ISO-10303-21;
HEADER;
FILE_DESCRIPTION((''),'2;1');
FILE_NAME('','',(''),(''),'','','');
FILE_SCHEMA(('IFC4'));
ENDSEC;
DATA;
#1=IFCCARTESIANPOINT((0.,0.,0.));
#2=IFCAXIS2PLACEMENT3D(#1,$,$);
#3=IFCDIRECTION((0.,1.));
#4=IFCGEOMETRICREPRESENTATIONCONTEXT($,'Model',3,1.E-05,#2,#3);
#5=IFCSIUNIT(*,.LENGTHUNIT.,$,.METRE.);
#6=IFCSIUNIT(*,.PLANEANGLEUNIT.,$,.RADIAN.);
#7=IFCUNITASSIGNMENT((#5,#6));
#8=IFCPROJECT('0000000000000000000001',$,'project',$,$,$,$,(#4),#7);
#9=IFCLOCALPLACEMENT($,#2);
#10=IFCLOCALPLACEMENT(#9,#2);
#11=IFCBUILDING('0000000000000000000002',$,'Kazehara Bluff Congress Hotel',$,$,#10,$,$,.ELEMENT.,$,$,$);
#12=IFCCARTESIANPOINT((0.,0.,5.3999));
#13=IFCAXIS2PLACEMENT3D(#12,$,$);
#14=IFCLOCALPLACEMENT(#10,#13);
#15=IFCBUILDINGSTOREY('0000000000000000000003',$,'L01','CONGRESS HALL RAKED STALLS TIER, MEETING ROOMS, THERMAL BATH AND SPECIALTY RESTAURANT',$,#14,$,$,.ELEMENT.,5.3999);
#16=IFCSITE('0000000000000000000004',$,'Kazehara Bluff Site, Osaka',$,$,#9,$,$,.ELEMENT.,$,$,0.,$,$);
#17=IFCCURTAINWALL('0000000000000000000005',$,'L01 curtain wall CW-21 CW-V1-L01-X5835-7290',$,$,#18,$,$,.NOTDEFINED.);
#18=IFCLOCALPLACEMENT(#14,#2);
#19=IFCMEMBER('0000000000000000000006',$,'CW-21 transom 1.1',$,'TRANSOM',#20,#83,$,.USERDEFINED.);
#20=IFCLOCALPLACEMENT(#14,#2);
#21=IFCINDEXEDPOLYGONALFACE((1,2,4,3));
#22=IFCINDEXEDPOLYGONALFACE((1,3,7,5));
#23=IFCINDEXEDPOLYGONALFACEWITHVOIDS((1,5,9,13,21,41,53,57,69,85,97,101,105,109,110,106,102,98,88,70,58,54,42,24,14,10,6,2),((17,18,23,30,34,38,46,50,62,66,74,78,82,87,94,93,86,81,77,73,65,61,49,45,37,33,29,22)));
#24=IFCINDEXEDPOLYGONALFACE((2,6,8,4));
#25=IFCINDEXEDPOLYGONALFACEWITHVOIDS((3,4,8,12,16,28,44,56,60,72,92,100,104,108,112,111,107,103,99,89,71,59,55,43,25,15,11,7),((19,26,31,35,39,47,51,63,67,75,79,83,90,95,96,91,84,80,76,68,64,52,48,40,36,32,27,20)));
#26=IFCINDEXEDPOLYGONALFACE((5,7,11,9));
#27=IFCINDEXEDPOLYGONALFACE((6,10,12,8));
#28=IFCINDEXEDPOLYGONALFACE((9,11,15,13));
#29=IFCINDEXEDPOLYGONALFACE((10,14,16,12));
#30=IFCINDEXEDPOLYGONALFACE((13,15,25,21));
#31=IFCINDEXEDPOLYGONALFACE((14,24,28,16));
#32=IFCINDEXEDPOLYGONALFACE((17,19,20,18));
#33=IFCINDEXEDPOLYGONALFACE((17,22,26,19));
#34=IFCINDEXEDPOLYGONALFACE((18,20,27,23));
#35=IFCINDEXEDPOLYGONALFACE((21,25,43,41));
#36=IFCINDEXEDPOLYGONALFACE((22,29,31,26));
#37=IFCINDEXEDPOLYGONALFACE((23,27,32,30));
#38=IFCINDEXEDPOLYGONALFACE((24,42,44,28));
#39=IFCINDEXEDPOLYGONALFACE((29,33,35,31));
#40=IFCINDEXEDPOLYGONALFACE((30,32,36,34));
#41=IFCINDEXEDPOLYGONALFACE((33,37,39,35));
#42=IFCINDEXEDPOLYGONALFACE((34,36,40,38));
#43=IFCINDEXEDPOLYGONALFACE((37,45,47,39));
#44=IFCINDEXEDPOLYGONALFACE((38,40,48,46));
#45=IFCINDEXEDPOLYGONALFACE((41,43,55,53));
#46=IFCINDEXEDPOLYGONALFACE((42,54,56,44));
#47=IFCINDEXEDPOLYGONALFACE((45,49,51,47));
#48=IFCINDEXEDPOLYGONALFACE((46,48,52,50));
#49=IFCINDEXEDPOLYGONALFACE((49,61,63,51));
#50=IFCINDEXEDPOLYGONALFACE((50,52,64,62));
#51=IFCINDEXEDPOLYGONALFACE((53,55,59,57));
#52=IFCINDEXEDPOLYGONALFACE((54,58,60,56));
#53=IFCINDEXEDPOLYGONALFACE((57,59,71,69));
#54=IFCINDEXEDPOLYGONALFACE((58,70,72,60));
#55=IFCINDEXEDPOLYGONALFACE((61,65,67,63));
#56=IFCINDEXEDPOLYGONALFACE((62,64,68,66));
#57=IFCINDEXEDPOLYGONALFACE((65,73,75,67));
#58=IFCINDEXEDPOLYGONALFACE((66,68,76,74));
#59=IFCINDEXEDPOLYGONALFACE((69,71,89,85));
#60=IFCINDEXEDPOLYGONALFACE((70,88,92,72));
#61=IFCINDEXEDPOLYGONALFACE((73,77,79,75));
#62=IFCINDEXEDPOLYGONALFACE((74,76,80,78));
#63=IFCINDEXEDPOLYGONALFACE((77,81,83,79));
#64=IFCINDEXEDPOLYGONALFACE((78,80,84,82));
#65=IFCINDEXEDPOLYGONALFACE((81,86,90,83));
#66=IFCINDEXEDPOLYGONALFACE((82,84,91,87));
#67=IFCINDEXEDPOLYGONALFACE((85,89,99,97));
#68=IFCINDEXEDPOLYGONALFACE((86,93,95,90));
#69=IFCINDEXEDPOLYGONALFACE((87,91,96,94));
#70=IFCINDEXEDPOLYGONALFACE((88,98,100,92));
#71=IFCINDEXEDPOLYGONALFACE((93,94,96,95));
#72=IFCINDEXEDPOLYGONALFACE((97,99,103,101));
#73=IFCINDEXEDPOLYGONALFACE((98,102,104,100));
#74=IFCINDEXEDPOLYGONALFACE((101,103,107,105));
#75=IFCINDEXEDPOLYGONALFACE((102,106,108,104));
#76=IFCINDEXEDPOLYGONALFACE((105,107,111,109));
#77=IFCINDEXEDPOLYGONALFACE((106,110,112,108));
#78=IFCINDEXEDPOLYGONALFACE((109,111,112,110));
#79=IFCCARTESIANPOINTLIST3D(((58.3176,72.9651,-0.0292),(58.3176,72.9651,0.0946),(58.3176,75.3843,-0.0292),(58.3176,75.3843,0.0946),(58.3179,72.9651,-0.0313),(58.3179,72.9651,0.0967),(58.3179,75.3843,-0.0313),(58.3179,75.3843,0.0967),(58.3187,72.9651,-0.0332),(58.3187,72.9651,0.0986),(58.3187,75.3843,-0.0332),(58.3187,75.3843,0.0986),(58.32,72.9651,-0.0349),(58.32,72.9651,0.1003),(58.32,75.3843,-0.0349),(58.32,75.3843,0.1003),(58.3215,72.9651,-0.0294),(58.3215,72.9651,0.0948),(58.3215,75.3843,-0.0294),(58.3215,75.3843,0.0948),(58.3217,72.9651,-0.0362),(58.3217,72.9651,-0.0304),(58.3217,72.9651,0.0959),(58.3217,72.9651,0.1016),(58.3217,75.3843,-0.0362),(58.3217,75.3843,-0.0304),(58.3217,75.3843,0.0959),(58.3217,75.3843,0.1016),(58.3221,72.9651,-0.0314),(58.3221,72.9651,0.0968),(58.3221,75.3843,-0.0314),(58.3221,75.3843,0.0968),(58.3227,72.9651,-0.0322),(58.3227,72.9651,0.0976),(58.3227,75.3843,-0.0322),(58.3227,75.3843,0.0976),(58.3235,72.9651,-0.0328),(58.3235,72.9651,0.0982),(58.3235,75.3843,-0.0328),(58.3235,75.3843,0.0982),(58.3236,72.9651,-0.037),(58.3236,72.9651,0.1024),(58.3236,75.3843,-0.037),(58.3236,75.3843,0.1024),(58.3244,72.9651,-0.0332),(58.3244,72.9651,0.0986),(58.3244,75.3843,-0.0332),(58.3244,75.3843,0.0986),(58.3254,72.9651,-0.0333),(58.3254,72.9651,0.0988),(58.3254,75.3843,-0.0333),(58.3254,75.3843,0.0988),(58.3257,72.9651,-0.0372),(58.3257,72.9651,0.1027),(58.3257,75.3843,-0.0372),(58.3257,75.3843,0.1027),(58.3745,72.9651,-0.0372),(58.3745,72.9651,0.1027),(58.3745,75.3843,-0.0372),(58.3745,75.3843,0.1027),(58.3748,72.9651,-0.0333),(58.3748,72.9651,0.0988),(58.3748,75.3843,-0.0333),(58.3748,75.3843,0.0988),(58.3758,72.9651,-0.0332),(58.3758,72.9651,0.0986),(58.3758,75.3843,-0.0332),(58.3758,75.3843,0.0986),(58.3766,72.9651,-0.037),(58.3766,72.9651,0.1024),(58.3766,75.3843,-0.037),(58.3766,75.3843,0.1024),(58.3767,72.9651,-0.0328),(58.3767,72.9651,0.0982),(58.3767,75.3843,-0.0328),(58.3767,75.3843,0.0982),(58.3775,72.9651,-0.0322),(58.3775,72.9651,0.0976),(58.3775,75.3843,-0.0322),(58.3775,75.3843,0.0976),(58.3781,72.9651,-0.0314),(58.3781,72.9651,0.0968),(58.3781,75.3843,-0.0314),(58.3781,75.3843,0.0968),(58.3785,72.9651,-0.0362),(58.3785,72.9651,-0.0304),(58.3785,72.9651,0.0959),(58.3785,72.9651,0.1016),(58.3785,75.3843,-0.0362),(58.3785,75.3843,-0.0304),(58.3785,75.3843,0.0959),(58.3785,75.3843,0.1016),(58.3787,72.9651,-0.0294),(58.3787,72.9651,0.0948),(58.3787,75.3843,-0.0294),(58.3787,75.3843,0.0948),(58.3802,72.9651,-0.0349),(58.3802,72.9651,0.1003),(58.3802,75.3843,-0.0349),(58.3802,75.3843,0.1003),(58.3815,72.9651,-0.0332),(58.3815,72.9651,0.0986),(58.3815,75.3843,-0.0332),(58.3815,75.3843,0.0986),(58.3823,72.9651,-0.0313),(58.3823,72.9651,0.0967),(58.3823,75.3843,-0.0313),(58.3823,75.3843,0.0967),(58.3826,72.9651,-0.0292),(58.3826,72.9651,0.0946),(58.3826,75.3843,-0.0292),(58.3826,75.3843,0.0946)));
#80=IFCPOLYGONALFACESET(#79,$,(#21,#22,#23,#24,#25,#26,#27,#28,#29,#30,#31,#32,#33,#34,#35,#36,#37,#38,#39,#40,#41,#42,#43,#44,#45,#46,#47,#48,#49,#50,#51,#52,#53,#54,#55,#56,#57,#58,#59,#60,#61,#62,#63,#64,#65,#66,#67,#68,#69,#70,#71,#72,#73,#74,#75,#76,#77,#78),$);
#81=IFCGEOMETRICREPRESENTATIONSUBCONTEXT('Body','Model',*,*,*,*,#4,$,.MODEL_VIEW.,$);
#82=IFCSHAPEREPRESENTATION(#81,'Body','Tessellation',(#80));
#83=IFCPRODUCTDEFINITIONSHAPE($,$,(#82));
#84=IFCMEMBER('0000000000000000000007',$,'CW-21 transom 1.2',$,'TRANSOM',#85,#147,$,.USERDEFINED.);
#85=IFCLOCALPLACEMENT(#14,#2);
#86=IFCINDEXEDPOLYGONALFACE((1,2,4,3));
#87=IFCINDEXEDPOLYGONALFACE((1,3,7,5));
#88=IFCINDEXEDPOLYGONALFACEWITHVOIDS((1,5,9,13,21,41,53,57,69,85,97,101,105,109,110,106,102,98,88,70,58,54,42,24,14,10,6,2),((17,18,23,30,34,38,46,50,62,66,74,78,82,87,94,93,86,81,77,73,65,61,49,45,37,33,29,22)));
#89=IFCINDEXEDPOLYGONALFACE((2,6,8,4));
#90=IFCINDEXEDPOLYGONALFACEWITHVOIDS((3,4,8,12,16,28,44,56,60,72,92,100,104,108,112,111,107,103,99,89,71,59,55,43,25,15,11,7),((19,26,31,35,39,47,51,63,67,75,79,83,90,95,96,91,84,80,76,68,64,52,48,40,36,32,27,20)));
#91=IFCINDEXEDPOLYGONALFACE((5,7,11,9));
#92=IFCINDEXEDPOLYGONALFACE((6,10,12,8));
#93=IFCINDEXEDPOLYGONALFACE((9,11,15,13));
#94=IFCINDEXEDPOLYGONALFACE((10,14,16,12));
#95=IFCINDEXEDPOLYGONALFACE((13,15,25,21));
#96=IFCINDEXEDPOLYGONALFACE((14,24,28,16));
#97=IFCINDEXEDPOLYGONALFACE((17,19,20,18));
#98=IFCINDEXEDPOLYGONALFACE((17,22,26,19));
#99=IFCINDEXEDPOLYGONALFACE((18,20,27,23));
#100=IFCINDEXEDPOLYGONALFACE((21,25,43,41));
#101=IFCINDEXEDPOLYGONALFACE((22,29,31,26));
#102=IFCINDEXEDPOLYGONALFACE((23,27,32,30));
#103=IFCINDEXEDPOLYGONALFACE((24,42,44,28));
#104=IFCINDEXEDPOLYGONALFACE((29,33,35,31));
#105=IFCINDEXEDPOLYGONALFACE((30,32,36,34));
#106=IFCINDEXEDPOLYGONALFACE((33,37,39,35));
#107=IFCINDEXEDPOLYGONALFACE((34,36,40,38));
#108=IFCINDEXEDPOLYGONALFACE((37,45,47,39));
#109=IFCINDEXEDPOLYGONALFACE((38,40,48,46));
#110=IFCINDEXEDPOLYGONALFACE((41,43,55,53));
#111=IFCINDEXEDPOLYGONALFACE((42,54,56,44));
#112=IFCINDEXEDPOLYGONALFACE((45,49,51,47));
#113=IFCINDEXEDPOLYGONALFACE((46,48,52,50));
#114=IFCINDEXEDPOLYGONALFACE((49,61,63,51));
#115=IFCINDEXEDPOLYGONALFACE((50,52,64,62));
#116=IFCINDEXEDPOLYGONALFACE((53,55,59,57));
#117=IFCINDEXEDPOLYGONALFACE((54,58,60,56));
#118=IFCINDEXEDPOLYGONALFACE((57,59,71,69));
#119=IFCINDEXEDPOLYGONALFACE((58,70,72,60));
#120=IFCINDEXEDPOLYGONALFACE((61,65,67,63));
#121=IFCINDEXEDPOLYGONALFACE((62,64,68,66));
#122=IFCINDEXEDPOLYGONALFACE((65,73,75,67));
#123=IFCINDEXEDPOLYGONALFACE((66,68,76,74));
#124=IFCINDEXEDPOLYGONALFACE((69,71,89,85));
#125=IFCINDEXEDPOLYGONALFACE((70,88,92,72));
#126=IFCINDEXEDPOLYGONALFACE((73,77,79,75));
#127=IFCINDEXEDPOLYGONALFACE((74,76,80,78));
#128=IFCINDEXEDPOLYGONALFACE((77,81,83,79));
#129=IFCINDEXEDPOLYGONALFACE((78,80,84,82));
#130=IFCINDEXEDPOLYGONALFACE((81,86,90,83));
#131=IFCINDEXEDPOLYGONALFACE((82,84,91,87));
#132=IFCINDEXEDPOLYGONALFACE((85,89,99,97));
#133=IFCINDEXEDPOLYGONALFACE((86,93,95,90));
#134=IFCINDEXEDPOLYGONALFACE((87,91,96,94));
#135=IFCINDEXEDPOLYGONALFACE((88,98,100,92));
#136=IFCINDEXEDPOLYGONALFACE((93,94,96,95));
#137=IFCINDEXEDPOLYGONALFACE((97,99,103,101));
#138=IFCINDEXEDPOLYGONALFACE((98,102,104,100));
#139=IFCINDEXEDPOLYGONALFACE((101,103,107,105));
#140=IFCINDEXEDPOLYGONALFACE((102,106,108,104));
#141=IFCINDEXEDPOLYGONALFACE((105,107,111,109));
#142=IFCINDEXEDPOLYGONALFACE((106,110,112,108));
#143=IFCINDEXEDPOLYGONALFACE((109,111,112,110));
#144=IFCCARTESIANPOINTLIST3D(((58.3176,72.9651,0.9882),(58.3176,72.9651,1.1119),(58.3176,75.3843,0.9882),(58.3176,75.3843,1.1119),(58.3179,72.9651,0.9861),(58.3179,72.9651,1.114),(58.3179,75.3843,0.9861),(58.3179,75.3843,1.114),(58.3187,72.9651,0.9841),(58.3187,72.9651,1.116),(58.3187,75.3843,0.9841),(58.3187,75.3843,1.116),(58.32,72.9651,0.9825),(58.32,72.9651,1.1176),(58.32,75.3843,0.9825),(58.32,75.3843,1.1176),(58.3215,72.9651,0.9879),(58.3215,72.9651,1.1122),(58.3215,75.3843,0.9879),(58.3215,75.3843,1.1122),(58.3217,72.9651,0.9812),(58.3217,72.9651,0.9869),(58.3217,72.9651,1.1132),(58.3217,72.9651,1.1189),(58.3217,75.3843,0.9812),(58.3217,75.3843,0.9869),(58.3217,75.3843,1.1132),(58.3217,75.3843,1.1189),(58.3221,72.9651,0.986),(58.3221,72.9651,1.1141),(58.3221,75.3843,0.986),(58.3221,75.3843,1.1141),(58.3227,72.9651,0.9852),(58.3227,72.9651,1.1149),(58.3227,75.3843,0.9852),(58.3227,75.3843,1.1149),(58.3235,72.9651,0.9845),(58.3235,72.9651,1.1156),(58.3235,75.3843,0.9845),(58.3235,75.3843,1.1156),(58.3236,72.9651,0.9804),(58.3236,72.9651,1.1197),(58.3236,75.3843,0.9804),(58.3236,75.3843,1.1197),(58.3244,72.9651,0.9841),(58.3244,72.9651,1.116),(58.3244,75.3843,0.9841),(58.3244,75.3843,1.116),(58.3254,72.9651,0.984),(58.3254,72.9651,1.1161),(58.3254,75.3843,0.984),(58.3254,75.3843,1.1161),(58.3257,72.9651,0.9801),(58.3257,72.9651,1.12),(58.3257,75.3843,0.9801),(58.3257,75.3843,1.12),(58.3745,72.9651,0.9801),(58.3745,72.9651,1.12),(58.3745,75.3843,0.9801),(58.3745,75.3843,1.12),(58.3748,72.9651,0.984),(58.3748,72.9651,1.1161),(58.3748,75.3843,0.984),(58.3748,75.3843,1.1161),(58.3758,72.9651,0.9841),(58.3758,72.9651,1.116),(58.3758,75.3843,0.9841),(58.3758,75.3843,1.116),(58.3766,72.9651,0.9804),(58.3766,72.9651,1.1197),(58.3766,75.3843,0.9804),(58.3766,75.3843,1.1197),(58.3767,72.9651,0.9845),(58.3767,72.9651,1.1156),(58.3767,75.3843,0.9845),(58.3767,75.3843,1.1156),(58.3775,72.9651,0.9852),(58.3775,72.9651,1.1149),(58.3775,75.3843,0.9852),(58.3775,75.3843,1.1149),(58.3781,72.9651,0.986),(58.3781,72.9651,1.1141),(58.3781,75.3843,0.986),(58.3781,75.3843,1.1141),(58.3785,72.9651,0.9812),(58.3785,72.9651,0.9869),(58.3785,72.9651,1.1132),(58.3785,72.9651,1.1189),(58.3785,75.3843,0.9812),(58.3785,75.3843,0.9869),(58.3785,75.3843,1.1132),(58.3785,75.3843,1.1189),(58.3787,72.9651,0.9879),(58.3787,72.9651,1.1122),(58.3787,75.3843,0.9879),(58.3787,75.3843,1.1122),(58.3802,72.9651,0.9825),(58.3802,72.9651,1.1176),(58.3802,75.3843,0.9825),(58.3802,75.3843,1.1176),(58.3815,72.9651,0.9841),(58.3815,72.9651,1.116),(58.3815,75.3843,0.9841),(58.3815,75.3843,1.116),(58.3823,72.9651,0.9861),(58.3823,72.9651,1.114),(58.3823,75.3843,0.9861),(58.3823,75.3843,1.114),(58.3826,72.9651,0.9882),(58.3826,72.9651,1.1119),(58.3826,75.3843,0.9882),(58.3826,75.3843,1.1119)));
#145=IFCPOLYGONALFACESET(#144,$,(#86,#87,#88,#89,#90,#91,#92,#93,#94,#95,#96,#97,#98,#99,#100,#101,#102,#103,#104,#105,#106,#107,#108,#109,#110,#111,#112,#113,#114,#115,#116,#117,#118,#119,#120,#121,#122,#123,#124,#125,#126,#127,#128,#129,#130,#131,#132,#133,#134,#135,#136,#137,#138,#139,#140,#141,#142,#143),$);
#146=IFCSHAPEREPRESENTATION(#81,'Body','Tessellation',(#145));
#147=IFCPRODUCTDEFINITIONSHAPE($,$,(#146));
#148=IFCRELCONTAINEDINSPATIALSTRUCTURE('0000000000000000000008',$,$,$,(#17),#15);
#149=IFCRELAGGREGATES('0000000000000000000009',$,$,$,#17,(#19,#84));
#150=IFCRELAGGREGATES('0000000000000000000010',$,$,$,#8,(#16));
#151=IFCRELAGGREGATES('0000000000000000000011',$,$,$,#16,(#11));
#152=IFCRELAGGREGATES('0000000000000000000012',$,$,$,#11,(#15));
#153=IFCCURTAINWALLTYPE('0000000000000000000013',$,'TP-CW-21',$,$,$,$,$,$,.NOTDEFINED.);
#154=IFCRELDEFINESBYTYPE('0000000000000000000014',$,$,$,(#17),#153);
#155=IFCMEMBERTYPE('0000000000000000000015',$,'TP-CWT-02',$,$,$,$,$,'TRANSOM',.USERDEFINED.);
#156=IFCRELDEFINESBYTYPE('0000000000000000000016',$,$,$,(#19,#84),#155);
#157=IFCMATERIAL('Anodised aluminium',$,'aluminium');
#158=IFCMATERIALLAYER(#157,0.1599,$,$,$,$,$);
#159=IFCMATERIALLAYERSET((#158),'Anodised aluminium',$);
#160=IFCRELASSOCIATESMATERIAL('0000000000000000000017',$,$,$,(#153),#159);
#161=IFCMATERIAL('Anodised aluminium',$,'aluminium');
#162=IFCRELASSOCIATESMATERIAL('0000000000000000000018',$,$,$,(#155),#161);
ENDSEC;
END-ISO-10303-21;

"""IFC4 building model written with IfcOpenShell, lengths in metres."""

from ifc_helpers import new_model, si_unit, direction, frame, origin, origin_2d, place, context, subcontext, project, spatial, hollow_rectangle, extrude, material, layer, layer_set, material_profile, profile_set, type_object, element, aggregate, save


model = new_model("IFC4")

# Units and contexts
model_context = context("Model", 3, precision=1e-05, world=origin(), true_north=direction((0.0, 1.0)))
body_context = subcontext(model_context, "Body", "Model", "MODEL_VIEW")
ifc_project = project(units=[si_unit("LENGTHUNIT", "METRE"), si_unit("PLANEANGLEUNIT", "RADIAN")], contexts=[model_context])

# Site, building, storey
site_placement = place(None, origin())
site = spatial("IfcSite", under=ifc_project, at=site_placement, Name="Kazehara Bluff Site, Osaka", CompositionType="ELEMENT", RefElevation=0.0)
building_placement = place(site_placement, origin())
building = spatial("IfcBuilding", under=site, at=building_placement, Name="Kazehara Bluff Congress Hotel", CompositionType="ELEMENT")
storey_placement = place(building_placement, frame((0.0, 0.0, 5.3999)))
storey = spatial("IfcBuildingStorey", under=building, at=storey_placement, Name="L01", Description="CONGRESS HALL RAKED STALLS TIER, MEETING ROOMS, THERMAL BATH AND SPECIALTY RESTAURANT", CompositionType="ELEMENT", Elevation=5.3999)

# Curtain wall
ifc_material_1 = material(Name="Anodised aluminium", Category="aluminium")
ifc_layer_1 = layer(ifc_material_1, 0.1599)
ifc_layer_set_1 = layer_set([ifc_layer_1], Name="Anodised aluminium")
curtain_wall_type_1 = type_object("IfcCurtainWallType", Name="TP-CW-21", PredefinedType="NOTDEFINED", material=ifc_layer_set_1)
curtain_wall_1_placement = place(storey_placement, origin())
curtain_wall_1 = element("IfcCurtainWall", 1, at=curtain_wall_1_placement, inside=storey, type_object=curtain_wall_type_1, Name="L01 curtain wall CW-21 CW-V1-L01-X5835-7290", PredefinedType="NOTDEFINED")

# Members
ifc_material_2 = material(Name="Anodised aluminium", Category="aluminium")
ifc_material_profile_1 = material_profile(ifc_material_2, hollow_rectangle(XDim=0.0649, YDim=0.1399, WallThickness=0.0039, InnerFilletRadius=0.0039, OuterFilletRadius=0.0081, at=origin_2d()))
ifc_profile_set_1 = profile_set([ifc_material_profile_1], Name="Anodised aluminium")
member_type_1 = type_object("IfcMemberType", Name="TP-CWT-02", ElementType="TRANSOM", PredefinedType="USERDEFINED", material=ifc_profile_set_1)
member_1_placement = place(storey_placement, frame((58.3501, 72.9651, 0.0327), z_axis=(0.0, 1.0, 0.0), x_axis=(-1.0, 0.0, 0.0)))
member_1 = element("IfcMember", 2, at=member_1_placement, type_object=member_type_1, Name="CW-21 transom 1.1", ObjectType="TRANSOM", PredefinedType="USERDEFINED", context=body_context, shape_type="SweptSolid", body=[
    extrude(hollow_rectangle(XDim=0.0649, YDim=0.1399, WallThickness=0.0039, InnerFilletRadius=0.0039, OuterFilletRadius=0.0081, at=origin_2d()), origin(), (0.0, 0.0, 1.0), 2.4192),
])
member_2_placement = place(storey_placement, frame((58.3501, 72.9651, 1.05), z_axis=(0.0, 1.0, 0.0), x_axis=(-1.0, 0.0, 0.0)))
member_2 = element("IfcMember", 3, at=member_2_placement, type_object=member_type_1, Name="CW-21 transom 1.2", ObjectType="TRANSOM", PredefinedType="USERDEFINED", context=body_context, shape_type="SweptSolid", body=[
    extrude(hollow_rectangle(XDim=0.0649, YDim=0.1399, WallThickness=0.0039, InnerFilletRadius=0.0039, OuterFilletRadius=0.0081, at=origin_2d()), origin(), (0.0, 0.0, 1.0), 2.4192),
])

aggregate(curtain_wall_1, [member_1, member_2])

save(model, "model.ifc")
